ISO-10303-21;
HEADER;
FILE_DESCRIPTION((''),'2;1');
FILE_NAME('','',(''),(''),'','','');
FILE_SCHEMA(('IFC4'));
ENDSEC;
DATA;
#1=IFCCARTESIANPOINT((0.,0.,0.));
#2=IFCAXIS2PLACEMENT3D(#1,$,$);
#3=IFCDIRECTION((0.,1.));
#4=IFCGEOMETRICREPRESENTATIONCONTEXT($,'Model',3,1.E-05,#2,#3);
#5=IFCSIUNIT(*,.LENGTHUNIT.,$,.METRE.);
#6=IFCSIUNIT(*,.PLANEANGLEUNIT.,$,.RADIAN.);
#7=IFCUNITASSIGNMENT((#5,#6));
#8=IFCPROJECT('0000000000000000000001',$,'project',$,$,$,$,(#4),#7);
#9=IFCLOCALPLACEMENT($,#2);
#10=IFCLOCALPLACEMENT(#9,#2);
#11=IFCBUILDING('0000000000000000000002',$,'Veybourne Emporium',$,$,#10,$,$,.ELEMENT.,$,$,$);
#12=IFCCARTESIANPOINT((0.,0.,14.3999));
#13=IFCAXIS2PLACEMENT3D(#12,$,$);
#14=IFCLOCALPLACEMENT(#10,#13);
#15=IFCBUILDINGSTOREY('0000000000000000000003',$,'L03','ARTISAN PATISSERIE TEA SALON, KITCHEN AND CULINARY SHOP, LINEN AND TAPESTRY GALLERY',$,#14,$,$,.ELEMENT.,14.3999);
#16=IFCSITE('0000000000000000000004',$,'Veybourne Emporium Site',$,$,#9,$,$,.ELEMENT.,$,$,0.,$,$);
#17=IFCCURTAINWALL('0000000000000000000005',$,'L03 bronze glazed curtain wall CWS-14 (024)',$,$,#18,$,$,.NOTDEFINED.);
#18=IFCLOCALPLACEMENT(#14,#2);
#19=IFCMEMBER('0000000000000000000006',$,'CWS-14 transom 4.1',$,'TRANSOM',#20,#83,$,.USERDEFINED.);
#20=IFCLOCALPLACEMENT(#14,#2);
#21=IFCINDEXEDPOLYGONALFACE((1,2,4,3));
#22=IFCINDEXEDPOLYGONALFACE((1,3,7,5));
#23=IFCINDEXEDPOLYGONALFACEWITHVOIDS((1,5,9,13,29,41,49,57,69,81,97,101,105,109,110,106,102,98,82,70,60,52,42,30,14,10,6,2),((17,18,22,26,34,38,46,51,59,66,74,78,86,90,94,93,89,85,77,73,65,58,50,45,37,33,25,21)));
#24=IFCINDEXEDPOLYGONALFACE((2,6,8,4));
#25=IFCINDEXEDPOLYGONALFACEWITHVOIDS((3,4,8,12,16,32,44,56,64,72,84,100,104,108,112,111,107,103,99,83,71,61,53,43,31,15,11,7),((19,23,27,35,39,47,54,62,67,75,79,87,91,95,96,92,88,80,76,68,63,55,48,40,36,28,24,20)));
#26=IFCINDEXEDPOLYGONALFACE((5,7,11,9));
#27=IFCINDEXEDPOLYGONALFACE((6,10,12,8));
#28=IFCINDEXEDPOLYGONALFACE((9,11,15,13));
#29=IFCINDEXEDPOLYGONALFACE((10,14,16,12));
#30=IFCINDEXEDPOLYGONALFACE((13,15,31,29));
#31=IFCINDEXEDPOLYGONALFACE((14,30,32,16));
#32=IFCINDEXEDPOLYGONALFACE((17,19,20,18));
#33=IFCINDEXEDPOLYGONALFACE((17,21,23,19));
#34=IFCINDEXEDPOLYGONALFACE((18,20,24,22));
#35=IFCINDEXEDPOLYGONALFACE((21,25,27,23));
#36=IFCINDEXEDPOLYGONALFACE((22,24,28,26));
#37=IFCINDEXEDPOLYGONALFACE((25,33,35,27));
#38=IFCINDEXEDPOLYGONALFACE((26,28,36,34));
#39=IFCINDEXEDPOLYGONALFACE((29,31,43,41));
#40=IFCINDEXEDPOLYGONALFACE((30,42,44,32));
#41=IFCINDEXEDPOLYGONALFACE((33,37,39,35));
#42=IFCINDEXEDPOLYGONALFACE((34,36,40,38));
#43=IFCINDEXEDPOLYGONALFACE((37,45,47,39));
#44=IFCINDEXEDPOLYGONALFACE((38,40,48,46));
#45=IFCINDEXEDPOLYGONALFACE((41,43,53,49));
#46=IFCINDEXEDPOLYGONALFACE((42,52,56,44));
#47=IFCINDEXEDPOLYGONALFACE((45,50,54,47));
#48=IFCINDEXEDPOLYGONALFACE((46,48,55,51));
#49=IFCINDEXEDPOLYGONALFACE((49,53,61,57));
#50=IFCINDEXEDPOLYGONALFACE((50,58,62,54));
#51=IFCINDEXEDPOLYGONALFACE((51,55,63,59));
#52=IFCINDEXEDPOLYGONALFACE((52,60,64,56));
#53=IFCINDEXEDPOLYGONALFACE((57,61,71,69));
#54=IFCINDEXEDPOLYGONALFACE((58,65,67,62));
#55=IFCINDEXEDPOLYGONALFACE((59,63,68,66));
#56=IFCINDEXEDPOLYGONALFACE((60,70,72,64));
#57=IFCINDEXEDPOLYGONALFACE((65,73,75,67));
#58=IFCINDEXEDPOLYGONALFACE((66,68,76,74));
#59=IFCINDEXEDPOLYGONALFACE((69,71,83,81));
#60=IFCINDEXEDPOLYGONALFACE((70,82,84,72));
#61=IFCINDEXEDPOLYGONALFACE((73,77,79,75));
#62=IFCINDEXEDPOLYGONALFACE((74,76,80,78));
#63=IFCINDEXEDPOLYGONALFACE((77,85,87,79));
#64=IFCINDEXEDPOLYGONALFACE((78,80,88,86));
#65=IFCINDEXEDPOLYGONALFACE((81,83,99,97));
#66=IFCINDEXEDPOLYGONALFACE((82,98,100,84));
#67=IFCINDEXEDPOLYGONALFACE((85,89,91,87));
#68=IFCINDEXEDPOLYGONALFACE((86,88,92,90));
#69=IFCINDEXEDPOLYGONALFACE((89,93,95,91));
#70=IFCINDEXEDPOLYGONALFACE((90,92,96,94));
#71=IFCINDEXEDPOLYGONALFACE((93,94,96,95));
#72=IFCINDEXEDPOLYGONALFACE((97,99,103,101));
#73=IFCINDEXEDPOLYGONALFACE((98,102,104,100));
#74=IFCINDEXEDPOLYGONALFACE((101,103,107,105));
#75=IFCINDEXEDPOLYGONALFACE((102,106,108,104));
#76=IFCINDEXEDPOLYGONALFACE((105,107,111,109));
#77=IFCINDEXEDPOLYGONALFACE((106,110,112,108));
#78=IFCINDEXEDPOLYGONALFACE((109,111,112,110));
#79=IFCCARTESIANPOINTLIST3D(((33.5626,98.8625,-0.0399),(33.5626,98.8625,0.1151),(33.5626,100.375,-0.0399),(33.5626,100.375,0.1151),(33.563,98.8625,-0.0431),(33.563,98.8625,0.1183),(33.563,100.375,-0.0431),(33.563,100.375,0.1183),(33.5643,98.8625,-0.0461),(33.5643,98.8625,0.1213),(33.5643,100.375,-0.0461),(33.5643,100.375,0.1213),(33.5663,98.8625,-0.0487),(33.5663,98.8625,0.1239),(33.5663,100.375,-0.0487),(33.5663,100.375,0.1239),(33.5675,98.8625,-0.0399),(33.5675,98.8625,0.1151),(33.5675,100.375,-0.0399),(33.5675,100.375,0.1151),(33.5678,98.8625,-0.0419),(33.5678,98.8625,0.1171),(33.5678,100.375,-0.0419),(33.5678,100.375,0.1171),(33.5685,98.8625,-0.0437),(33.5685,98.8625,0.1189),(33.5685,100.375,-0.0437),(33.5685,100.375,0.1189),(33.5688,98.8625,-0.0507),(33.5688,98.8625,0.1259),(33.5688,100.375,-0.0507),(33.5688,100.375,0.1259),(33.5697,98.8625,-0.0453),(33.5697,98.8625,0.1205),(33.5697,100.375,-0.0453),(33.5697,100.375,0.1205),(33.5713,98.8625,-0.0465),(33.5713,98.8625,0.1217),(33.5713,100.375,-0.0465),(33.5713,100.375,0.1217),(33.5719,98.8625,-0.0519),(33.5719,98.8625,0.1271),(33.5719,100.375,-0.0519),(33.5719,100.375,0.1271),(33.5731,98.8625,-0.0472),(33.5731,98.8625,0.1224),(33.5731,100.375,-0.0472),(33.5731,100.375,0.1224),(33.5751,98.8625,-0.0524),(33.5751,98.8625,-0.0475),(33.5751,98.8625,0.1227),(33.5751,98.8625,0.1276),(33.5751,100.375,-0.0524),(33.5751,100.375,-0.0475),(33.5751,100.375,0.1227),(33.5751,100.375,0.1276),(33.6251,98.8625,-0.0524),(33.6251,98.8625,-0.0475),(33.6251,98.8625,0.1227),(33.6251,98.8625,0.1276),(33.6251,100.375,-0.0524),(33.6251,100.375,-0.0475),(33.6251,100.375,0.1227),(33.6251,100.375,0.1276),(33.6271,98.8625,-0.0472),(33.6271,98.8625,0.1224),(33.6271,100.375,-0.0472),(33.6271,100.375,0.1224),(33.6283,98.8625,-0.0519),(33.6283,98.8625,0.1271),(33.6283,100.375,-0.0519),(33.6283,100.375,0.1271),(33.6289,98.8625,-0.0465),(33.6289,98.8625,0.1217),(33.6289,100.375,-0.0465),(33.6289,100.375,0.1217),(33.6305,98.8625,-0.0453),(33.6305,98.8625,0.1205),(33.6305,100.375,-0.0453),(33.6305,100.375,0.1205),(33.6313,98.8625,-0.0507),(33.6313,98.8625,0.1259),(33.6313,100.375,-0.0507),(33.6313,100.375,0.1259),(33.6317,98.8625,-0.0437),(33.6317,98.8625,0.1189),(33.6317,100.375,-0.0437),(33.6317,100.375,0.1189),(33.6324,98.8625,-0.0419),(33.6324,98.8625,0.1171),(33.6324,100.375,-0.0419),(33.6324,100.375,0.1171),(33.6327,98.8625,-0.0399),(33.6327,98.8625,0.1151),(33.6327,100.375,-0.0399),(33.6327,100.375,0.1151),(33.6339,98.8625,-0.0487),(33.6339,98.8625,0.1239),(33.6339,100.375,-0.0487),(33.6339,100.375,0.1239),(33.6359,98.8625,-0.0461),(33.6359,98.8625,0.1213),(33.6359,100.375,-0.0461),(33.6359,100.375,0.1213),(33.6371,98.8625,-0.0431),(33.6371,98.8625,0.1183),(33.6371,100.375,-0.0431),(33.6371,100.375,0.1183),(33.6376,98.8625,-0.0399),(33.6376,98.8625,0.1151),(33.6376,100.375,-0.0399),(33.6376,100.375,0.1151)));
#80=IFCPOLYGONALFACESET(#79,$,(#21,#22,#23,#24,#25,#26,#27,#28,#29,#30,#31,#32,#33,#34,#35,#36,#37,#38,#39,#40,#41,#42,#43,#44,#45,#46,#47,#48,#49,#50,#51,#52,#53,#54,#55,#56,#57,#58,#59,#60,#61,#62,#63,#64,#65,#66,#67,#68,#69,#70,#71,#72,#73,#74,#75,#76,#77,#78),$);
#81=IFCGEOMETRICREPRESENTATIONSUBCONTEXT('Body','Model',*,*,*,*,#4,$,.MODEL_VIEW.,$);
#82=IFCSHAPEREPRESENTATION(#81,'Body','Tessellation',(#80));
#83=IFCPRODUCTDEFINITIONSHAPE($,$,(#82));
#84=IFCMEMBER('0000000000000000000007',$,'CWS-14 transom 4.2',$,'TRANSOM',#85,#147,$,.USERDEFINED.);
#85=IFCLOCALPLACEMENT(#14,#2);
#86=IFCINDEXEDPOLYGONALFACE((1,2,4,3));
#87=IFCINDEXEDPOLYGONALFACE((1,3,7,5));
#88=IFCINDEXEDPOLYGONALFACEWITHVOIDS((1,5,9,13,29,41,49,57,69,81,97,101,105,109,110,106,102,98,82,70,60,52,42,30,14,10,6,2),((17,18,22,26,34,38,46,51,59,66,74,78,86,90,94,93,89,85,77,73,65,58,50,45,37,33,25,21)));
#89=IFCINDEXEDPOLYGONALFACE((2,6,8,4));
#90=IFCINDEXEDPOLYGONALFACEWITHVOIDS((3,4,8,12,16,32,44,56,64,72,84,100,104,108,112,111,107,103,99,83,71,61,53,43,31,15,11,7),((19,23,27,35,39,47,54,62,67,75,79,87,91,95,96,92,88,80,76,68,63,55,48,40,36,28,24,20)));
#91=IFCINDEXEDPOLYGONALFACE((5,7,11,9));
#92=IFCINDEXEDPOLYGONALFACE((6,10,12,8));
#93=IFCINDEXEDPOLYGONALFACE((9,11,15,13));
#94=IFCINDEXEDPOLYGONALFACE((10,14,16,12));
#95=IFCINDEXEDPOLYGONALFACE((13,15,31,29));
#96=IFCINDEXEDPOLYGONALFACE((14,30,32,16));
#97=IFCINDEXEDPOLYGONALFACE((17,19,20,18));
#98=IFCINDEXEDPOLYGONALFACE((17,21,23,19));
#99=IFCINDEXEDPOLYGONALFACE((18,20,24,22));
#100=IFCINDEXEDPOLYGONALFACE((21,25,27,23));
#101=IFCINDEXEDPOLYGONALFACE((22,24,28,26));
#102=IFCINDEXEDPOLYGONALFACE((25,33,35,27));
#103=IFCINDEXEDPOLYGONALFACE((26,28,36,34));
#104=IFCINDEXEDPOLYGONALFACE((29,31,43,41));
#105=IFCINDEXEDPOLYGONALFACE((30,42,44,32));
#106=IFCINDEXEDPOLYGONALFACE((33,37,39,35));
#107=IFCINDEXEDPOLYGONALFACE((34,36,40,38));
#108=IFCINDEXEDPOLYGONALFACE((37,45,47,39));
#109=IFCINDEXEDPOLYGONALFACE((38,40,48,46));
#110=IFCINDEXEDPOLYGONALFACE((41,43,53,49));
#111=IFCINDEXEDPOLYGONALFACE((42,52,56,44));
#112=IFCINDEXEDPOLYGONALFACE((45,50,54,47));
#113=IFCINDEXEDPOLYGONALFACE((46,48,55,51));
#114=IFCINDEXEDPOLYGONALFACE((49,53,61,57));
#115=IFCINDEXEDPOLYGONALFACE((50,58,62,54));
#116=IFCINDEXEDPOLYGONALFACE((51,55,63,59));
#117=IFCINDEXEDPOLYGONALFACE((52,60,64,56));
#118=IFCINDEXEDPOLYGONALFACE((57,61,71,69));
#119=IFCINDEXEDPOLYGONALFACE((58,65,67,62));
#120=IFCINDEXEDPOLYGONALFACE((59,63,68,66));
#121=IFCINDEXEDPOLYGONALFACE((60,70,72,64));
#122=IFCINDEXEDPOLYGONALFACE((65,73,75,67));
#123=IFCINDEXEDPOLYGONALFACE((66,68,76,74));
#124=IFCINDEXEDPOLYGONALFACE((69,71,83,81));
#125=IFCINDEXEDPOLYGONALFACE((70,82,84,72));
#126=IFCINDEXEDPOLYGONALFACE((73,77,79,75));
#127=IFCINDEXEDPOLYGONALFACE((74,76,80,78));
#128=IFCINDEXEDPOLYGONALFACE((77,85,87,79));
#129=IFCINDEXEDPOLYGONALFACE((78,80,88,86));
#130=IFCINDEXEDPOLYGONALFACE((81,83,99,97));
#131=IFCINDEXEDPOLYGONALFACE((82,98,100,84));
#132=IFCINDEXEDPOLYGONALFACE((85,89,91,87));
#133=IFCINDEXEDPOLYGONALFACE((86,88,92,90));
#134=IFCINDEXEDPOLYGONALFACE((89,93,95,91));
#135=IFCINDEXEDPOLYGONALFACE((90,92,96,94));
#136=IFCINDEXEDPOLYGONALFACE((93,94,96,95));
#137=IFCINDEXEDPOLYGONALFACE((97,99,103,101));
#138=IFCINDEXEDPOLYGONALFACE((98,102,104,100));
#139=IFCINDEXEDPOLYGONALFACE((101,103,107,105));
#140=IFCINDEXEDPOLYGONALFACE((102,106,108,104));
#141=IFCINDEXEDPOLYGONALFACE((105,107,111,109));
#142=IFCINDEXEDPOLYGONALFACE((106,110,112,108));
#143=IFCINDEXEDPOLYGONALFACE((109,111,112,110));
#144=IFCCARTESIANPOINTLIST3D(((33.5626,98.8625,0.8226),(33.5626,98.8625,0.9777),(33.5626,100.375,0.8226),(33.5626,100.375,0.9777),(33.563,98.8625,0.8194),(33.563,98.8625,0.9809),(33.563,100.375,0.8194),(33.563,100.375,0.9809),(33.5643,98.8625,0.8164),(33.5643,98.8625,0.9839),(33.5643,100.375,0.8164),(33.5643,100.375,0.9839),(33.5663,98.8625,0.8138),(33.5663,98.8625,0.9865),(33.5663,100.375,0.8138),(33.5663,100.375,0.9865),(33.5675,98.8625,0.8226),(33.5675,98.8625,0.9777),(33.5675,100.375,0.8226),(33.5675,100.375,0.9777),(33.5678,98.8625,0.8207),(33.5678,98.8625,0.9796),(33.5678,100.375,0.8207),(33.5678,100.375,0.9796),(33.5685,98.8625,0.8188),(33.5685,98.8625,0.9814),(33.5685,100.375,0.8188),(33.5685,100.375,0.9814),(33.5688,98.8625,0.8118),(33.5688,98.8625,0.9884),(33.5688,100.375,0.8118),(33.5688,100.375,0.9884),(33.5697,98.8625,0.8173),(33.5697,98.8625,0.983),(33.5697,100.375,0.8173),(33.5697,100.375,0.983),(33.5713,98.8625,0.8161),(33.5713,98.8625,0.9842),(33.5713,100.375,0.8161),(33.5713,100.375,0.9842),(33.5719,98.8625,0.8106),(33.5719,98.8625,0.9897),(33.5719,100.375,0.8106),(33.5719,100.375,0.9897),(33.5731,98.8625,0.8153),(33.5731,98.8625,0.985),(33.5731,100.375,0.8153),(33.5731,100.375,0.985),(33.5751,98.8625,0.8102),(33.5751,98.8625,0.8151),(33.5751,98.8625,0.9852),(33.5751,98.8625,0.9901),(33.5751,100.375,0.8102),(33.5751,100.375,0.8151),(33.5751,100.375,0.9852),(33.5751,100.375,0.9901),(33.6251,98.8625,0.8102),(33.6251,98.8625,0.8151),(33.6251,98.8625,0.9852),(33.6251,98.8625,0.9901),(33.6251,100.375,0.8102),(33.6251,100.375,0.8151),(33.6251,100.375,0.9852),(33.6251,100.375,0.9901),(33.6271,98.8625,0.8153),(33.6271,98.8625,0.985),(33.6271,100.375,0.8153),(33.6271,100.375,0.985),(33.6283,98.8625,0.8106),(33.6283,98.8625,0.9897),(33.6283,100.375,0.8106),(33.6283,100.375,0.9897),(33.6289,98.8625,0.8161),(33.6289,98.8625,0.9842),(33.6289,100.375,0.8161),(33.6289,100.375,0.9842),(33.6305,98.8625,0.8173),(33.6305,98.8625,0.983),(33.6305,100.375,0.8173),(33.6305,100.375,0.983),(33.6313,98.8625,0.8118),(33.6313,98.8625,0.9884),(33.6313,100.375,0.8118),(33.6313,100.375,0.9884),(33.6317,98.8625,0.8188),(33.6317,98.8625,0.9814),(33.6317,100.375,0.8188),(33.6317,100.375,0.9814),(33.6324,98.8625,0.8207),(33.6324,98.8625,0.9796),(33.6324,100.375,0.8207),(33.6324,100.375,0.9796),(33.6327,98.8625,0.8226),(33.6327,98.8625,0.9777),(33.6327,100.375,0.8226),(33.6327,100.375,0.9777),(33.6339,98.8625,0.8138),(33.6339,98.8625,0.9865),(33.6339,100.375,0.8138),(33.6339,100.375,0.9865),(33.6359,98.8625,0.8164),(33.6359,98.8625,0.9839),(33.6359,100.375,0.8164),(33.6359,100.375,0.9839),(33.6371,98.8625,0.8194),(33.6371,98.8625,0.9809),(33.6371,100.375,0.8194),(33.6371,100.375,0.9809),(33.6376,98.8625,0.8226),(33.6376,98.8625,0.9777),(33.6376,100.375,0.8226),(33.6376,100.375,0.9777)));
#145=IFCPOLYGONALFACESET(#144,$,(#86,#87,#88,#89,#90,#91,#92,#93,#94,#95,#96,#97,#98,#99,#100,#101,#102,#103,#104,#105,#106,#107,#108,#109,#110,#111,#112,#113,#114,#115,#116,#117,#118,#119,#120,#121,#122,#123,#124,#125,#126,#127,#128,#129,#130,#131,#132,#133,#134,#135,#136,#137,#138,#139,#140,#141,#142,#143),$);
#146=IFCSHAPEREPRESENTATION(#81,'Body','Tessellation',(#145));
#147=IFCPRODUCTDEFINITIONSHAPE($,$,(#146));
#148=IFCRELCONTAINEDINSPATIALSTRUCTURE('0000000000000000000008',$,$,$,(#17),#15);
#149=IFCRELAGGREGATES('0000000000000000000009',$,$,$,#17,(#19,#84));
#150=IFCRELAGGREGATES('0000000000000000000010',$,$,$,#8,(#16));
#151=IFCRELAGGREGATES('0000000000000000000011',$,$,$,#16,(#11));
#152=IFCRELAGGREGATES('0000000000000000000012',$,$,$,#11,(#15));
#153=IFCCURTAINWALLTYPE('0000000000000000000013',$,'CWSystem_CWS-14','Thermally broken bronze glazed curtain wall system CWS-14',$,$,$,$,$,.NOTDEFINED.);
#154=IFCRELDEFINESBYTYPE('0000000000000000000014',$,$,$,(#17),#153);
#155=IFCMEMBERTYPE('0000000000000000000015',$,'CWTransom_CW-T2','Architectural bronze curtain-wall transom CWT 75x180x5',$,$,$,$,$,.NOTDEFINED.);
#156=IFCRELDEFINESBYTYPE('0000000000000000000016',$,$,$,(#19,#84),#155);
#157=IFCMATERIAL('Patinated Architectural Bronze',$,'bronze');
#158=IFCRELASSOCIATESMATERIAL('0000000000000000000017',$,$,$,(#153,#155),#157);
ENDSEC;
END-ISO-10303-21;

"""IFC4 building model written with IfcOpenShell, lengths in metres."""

from ifc_helpers import new_model, si_unit, direction, frame, origin, origin_2d, place, context, subcontext, project, spatial, hollow_rectangle, extrude, material, material_profile, profile_set, type_object, element, aggregate, save


model = new_model("IFC4")

# Units and contexts
model_context = context("Model", 3, precision=1e-05, world=origin(), true_north=direction((0.0, 1.0)))
body_context = subcontext(model_context, "Body", "Model", "MODEL_VIEW")
ifc_project = project(units=[si_unit("LENGTHUNIT", "METRE"), si_unit("PLANEANGLEUNIT", "RADIAN")], contexts=[model_context])

# Site, building, storey
site_placement = place(None, origin())
site = spatial("IfcSite", under=ifc_project, at=site_placement, Name="Veybourne Emporium Site", CompositionType="ELEMENT", RefElevation=0.0)
building_placement = place(site_placement, origin())
building = spatial("IfcBuilding", under=site, at=building_placement, Name="Veybourne Emporium", CompositionType="ELEMENT")
storey_placement = place(building_placement, frame((0.0, 0.0, 14.3999)))
storey = spatial("IfcBuildingStorey", under=building, at=storey_placement, Name="L03", Description="ARTISAN PATISSERIE TEA SALON, KITCHEN AND CULINARY SHOP, LINEN AND TAPESTRY GALLERY", CompositionType="ELEMENT", Elevation=14.3999)

# Curtain wall, members
ifc_material_1 = material(Name="Patinated Architectural Bronze", Category="bronze")
curtain_wall_type = type_object("IfcCurtainWallType", Name="CWSystem_CWS-14", Description="Thermally broken bronze glazed curtain wall system CWS-14", PredefinedType="NOTDEFINED", material=ifc_material_1)
curtain_wall_placement = place(storey_placement, origin())
curtain_wall = element("IfcCurtainWall", 1, at=curtain_wall_placement, inside=storey, type_object=curtain_wall_type, Name="L03 bronze glazed curtain wall CWS-14 (024)", PredefinedType="NOTDEFINED")
ifc_material_profile_1 = material_profile(ifc_material_1, hollow_rectangle(XDim=0.075, YDim=0.1799, WallThickness=0.0049, InnerFilletRadius=0.0076, OuterFilletRadius=0.0125, at=origin_2d()), Name="CWT 75x180x5")
ifc_profile_set_1 = profile_set([ifc_material_profile_1], Name="Patinated Architectural Bronze")
member_type_1 = type_object("IfcMemberType", Name="CWTransom_CW-T2", Description="Architectural bronze curtain-wall transom CWT 75x180x5", PredefinedType="NOTDEFINED", material=ifc_profile_set_1)
member_1_placement = place(storey_placement, frame((33.6001, 98.8625, 0.0376), z_axis=(0.0, 1.0, 0.0), x_axis=(-1.0, 0.0, 0.0)))
member_1 = element("IfcMember", 2, at=member_1_placement, type_object=member_type_1, Name="CWS-14 transom 4.1", ObjectType="TRANSOM", PredefinedType="USERDEFINED", context=body_context, shape_type="SweptSolid", body=[
    extrude(hollow_rectangle(XDim=0.075, YDim=0.1799, WallThickness=0.0049, InnerFilletRadius=0.0076, OuterFilletRadius=0.0125, at=origin_2d()), origin(), (0.0, 0.0, 1.0), 1.5125),
])
member_2_placement = place(storey_placement, frame((33.6001, 98.8625, 0.9001), z_axis=(0.0, 1.0, 0.0), x_axis=(-1.0, 0.0, 0.0)))
member_2 = element("IfcMember", 3, at=member_2_placement, type_object=member_type_1, Name="CWS-14 transom 4.2", ObjectType="TRANSOM", PredefinedType="USERDEFINED", context=body_context, shape_type="SweptSolid", body=[
    extrude(hollow_rectangle(XDim=0.075, YDim=0.1799, WallThickness=0.0049, InnerFilletRadius=0.0076, OuterFilletRadius=0.0125, at=origin_2d()), origin(), (0.0, 0.0, 1.0), 1.5125),
])
aggregate(curtain_wall, [member_1, member_2])

save(model, "model.ifc")
